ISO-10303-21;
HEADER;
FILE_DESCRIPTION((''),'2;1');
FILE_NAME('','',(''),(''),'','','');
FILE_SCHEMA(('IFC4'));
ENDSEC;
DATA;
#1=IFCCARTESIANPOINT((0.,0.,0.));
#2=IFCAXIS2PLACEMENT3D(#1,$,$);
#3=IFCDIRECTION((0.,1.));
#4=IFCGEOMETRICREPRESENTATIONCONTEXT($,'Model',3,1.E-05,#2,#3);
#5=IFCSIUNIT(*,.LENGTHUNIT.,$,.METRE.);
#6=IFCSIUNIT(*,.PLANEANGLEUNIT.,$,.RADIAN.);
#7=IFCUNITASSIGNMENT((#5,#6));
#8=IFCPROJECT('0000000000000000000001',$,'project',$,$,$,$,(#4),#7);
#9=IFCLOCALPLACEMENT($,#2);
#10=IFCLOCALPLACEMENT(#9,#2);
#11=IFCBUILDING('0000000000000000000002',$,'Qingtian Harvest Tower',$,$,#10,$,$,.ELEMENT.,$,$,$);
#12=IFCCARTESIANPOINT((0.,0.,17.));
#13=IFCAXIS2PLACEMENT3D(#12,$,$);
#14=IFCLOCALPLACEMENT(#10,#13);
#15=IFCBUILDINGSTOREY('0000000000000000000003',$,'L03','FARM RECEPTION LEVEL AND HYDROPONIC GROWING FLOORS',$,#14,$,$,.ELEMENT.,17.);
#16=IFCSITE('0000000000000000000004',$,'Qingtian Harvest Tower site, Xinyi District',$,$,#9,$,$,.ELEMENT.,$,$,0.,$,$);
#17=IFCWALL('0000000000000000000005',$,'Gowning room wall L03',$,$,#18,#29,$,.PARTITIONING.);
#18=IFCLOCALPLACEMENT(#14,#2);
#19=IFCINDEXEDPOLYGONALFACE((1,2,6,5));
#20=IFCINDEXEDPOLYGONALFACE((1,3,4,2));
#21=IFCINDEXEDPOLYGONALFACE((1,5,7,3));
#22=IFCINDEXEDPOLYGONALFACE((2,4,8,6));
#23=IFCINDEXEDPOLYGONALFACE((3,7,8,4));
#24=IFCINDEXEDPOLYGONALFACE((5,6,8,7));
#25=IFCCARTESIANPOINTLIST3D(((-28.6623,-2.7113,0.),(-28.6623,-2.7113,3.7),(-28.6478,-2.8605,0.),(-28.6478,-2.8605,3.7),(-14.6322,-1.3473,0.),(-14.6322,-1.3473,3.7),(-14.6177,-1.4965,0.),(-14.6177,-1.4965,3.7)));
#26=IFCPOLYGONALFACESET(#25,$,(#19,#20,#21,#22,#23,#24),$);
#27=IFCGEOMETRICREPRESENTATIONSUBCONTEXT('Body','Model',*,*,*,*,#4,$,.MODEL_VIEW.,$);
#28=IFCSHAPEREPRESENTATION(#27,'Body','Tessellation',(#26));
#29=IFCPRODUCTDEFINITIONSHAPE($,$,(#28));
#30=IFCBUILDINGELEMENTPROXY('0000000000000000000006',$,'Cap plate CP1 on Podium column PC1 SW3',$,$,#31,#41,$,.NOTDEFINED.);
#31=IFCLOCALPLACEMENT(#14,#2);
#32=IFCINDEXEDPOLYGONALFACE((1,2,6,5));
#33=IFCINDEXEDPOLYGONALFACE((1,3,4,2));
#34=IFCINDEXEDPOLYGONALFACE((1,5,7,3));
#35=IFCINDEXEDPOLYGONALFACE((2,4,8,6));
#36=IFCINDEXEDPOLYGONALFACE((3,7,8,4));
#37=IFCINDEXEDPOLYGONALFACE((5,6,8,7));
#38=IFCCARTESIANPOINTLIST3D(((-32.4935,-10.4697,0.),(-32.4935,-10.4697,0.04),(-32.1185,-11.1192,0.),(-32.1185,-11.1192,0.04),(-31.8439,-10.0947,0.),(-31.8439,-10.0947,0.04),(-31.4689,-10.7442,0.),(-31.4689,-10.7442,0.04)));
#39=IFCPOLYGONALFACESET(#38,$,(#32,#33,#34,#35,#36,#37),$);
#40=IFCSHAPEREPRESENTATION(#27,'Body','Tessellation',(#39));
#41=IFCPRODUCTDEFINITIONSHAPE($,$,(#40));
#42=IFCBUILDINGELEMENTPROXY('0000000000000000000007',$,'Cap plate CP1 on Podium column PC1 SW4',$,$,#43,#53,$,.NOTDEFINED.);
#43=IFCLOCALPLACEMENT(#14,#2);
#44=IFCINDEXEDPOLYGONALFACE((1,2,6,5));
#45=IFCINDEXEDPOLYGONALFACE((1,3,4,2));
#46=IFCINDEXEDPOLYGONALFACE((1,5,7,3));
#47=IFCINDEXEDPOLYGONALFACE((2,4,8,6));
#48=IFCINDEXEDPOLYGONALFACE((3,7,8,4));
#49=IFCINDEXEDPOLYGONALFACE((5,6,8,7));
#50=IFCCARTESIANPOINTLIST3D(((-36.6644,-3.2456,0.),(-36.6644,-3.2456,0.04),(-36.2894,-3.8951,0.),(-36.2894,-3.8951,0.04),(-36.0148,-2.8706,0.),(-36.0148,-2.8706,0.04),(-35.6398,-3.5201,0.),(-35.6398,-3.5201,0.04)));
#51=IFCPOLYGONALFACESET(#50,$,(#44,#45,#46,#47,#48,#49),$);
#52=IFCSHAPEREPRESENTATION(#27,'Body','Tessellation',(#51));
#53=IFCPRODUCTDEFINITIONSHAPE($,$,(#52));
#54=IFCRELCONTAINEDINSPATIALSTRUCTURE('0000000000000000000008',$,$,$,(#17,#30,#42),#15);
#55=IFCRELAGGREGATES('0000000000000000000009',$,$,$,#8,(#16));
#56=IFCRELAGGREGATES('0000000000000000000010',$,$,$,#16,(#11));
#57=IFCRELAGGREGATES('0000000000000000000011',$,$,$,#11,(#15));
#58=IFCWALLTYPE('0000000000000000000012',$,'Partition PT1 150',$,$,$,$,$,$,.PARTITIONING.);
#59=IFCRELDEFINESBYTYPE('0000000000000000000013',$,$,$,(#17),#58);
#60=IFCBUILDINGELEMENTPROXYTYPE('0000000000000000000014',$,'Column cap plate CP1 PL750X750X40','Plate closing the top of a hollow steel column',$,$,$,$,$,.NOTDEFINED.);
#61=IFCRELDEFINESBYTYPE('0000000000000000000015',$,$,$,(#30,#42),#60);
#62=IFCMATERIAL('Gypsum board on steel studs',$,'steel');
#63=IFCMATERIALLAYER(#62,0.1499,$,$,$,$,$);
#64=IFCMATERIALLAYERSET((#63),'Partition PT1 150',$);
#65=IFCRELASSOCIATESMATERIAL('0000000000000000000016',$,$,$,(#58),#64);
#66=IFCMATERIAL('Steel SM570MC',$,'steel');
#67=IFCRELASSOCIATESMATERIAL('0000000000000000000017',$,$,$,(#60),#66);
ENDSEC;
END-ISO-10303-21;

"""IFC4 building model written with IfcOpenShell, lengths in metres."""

from ifc_helpers import new_model, si_unit, direction, frame, frame_2d, origin, origin_2d, place, context, subcontext, project, spatial, rectangle, extrude, material, layer, layer_set, material_profile, profile_set, type_object, element, save


model = new_model("IFC4")

# Units and contexts
model_context = context("Model", 3, precision=1e-05, world=origin(), true_north=direction((0.0, 1.0)))
body_context = subcontext(model_context, "Body", "Model", "MODEL_VIEW")
ifc_project = project(units=[si_unit("LENGTHUNIT", "METRE"), si_unit("PLANEANGLEUNIT", "RADIAN")], contexts=[model_context])

# Site, building, storey
site_placement = place(None, origin())
site = spatial("IfcSite", under=ifc_project, at=site_placement, Name="Qingtian Harvest Tower site, Xinyi District", CompositionType="ELEMENT", RefElevation=0.0)
building_placement = place(site_placement, origin())
building = spatial("IfcBuilding", under=site, at=building_placement, Name="Qingtian Harvest Tower", CompositionType="ELEMENT")
storey_placement = place(building_placement, frame((0.0, 0.0, 17.0)))
storey = spatial("IfcBuildingStorey", under=building, at=storey_placement, Name="L03", Description="FARM RECEPTION LEVEL AND HYDROPONIC GROWING FLOORS", CompositionType="ELEMENT", Elevation=17.0)

# Wall
ifc_material_1 = material(Name="Gypsum board on steel studs", Category="steel")
ifc_layer_1 = layer(ifc_material_1, 0.1499)
ifc_layer_set_1 = layer_set([ifc_layer_1], Name="Partition PT1 150")
wall_type_1 = type_object("IfcWallType", Name="Partition PT1 150", PredefinedType="PARTITIONING", material=ifc_layer_set_1)
wall_1_placement = place(storey_placement, frame((-28.655, -2.7859, 0.0), z_axis=(0.0, 0.0, 1.0), x_axis=(0.995307, 0.096765, 0.0)))
element("IfcWall", 1, at=wall_1_placement, inside=storey, type_object=wall_type_1, Name="Gowning room wall L03", PredefinedType="PARTITIONING", context=body_context, shape_type="SweptSolid", body=[
    extrude(rectangle(XDim=14.0962, YDim=0.1499, at=frame_2d((7.0481, 0.0))), origin(), (0.0, 0.0, 1.0), 3.7),
])

# Building element proxies
ifc_material_2 = material(Name="Steel SM570MC", Category="steel")
ifc_material_profile_1 = material_profile(ifc_material_2, rectangle(XDim=0.75, YDim=0.75, at=origin_2d()), Name="PL750X750X40")
ifc_profile_set_1 = profile_set([ifc_material_profile_1], Name="Steel SM570MC")
building_element_proxy_type = type_object("IfcBuildingElementProxyType", Name="Column cap plate CP1 PL750X750X40", Description="Plate closing the top of a hollow steel column", PredefinedType="NOTDEFINED", material=ifc_profile_set_1)
for number, where, z_axis, x_axis, name in (
    (2, (-31.9812, -10.6069, 0.0), (0.0, 0.0, 1.0), (0.5, -0.866025, 0.0), "Cap plate CP1 on Podium column PC1 SW3"),
    (3, (-36.1521, -3.3828, 0.0), (0.0, 0.0, 1.0), (0.5, -0.866025, 0.0), "Cap plate CP1 on Podium column PC1 SW4"),
):
    element("IfcBuildingElementProxy", number, at=place(storey_placement, frame(where, z_axis=z_axis, x_axis=x_axis)), inside=storey, type_object=building_element_proxy_type, Name=name, PredefinedType="NOTDEFINED", context=body_context, shape_type="SweptSolid", body=[
        extrude(rectangle(XDim=0.75, YDim=0.75, at=origin_2d()), origin(), (0.0, 0.0, 1.0), 0.04),
    ])

save(model, "model.ifc")
